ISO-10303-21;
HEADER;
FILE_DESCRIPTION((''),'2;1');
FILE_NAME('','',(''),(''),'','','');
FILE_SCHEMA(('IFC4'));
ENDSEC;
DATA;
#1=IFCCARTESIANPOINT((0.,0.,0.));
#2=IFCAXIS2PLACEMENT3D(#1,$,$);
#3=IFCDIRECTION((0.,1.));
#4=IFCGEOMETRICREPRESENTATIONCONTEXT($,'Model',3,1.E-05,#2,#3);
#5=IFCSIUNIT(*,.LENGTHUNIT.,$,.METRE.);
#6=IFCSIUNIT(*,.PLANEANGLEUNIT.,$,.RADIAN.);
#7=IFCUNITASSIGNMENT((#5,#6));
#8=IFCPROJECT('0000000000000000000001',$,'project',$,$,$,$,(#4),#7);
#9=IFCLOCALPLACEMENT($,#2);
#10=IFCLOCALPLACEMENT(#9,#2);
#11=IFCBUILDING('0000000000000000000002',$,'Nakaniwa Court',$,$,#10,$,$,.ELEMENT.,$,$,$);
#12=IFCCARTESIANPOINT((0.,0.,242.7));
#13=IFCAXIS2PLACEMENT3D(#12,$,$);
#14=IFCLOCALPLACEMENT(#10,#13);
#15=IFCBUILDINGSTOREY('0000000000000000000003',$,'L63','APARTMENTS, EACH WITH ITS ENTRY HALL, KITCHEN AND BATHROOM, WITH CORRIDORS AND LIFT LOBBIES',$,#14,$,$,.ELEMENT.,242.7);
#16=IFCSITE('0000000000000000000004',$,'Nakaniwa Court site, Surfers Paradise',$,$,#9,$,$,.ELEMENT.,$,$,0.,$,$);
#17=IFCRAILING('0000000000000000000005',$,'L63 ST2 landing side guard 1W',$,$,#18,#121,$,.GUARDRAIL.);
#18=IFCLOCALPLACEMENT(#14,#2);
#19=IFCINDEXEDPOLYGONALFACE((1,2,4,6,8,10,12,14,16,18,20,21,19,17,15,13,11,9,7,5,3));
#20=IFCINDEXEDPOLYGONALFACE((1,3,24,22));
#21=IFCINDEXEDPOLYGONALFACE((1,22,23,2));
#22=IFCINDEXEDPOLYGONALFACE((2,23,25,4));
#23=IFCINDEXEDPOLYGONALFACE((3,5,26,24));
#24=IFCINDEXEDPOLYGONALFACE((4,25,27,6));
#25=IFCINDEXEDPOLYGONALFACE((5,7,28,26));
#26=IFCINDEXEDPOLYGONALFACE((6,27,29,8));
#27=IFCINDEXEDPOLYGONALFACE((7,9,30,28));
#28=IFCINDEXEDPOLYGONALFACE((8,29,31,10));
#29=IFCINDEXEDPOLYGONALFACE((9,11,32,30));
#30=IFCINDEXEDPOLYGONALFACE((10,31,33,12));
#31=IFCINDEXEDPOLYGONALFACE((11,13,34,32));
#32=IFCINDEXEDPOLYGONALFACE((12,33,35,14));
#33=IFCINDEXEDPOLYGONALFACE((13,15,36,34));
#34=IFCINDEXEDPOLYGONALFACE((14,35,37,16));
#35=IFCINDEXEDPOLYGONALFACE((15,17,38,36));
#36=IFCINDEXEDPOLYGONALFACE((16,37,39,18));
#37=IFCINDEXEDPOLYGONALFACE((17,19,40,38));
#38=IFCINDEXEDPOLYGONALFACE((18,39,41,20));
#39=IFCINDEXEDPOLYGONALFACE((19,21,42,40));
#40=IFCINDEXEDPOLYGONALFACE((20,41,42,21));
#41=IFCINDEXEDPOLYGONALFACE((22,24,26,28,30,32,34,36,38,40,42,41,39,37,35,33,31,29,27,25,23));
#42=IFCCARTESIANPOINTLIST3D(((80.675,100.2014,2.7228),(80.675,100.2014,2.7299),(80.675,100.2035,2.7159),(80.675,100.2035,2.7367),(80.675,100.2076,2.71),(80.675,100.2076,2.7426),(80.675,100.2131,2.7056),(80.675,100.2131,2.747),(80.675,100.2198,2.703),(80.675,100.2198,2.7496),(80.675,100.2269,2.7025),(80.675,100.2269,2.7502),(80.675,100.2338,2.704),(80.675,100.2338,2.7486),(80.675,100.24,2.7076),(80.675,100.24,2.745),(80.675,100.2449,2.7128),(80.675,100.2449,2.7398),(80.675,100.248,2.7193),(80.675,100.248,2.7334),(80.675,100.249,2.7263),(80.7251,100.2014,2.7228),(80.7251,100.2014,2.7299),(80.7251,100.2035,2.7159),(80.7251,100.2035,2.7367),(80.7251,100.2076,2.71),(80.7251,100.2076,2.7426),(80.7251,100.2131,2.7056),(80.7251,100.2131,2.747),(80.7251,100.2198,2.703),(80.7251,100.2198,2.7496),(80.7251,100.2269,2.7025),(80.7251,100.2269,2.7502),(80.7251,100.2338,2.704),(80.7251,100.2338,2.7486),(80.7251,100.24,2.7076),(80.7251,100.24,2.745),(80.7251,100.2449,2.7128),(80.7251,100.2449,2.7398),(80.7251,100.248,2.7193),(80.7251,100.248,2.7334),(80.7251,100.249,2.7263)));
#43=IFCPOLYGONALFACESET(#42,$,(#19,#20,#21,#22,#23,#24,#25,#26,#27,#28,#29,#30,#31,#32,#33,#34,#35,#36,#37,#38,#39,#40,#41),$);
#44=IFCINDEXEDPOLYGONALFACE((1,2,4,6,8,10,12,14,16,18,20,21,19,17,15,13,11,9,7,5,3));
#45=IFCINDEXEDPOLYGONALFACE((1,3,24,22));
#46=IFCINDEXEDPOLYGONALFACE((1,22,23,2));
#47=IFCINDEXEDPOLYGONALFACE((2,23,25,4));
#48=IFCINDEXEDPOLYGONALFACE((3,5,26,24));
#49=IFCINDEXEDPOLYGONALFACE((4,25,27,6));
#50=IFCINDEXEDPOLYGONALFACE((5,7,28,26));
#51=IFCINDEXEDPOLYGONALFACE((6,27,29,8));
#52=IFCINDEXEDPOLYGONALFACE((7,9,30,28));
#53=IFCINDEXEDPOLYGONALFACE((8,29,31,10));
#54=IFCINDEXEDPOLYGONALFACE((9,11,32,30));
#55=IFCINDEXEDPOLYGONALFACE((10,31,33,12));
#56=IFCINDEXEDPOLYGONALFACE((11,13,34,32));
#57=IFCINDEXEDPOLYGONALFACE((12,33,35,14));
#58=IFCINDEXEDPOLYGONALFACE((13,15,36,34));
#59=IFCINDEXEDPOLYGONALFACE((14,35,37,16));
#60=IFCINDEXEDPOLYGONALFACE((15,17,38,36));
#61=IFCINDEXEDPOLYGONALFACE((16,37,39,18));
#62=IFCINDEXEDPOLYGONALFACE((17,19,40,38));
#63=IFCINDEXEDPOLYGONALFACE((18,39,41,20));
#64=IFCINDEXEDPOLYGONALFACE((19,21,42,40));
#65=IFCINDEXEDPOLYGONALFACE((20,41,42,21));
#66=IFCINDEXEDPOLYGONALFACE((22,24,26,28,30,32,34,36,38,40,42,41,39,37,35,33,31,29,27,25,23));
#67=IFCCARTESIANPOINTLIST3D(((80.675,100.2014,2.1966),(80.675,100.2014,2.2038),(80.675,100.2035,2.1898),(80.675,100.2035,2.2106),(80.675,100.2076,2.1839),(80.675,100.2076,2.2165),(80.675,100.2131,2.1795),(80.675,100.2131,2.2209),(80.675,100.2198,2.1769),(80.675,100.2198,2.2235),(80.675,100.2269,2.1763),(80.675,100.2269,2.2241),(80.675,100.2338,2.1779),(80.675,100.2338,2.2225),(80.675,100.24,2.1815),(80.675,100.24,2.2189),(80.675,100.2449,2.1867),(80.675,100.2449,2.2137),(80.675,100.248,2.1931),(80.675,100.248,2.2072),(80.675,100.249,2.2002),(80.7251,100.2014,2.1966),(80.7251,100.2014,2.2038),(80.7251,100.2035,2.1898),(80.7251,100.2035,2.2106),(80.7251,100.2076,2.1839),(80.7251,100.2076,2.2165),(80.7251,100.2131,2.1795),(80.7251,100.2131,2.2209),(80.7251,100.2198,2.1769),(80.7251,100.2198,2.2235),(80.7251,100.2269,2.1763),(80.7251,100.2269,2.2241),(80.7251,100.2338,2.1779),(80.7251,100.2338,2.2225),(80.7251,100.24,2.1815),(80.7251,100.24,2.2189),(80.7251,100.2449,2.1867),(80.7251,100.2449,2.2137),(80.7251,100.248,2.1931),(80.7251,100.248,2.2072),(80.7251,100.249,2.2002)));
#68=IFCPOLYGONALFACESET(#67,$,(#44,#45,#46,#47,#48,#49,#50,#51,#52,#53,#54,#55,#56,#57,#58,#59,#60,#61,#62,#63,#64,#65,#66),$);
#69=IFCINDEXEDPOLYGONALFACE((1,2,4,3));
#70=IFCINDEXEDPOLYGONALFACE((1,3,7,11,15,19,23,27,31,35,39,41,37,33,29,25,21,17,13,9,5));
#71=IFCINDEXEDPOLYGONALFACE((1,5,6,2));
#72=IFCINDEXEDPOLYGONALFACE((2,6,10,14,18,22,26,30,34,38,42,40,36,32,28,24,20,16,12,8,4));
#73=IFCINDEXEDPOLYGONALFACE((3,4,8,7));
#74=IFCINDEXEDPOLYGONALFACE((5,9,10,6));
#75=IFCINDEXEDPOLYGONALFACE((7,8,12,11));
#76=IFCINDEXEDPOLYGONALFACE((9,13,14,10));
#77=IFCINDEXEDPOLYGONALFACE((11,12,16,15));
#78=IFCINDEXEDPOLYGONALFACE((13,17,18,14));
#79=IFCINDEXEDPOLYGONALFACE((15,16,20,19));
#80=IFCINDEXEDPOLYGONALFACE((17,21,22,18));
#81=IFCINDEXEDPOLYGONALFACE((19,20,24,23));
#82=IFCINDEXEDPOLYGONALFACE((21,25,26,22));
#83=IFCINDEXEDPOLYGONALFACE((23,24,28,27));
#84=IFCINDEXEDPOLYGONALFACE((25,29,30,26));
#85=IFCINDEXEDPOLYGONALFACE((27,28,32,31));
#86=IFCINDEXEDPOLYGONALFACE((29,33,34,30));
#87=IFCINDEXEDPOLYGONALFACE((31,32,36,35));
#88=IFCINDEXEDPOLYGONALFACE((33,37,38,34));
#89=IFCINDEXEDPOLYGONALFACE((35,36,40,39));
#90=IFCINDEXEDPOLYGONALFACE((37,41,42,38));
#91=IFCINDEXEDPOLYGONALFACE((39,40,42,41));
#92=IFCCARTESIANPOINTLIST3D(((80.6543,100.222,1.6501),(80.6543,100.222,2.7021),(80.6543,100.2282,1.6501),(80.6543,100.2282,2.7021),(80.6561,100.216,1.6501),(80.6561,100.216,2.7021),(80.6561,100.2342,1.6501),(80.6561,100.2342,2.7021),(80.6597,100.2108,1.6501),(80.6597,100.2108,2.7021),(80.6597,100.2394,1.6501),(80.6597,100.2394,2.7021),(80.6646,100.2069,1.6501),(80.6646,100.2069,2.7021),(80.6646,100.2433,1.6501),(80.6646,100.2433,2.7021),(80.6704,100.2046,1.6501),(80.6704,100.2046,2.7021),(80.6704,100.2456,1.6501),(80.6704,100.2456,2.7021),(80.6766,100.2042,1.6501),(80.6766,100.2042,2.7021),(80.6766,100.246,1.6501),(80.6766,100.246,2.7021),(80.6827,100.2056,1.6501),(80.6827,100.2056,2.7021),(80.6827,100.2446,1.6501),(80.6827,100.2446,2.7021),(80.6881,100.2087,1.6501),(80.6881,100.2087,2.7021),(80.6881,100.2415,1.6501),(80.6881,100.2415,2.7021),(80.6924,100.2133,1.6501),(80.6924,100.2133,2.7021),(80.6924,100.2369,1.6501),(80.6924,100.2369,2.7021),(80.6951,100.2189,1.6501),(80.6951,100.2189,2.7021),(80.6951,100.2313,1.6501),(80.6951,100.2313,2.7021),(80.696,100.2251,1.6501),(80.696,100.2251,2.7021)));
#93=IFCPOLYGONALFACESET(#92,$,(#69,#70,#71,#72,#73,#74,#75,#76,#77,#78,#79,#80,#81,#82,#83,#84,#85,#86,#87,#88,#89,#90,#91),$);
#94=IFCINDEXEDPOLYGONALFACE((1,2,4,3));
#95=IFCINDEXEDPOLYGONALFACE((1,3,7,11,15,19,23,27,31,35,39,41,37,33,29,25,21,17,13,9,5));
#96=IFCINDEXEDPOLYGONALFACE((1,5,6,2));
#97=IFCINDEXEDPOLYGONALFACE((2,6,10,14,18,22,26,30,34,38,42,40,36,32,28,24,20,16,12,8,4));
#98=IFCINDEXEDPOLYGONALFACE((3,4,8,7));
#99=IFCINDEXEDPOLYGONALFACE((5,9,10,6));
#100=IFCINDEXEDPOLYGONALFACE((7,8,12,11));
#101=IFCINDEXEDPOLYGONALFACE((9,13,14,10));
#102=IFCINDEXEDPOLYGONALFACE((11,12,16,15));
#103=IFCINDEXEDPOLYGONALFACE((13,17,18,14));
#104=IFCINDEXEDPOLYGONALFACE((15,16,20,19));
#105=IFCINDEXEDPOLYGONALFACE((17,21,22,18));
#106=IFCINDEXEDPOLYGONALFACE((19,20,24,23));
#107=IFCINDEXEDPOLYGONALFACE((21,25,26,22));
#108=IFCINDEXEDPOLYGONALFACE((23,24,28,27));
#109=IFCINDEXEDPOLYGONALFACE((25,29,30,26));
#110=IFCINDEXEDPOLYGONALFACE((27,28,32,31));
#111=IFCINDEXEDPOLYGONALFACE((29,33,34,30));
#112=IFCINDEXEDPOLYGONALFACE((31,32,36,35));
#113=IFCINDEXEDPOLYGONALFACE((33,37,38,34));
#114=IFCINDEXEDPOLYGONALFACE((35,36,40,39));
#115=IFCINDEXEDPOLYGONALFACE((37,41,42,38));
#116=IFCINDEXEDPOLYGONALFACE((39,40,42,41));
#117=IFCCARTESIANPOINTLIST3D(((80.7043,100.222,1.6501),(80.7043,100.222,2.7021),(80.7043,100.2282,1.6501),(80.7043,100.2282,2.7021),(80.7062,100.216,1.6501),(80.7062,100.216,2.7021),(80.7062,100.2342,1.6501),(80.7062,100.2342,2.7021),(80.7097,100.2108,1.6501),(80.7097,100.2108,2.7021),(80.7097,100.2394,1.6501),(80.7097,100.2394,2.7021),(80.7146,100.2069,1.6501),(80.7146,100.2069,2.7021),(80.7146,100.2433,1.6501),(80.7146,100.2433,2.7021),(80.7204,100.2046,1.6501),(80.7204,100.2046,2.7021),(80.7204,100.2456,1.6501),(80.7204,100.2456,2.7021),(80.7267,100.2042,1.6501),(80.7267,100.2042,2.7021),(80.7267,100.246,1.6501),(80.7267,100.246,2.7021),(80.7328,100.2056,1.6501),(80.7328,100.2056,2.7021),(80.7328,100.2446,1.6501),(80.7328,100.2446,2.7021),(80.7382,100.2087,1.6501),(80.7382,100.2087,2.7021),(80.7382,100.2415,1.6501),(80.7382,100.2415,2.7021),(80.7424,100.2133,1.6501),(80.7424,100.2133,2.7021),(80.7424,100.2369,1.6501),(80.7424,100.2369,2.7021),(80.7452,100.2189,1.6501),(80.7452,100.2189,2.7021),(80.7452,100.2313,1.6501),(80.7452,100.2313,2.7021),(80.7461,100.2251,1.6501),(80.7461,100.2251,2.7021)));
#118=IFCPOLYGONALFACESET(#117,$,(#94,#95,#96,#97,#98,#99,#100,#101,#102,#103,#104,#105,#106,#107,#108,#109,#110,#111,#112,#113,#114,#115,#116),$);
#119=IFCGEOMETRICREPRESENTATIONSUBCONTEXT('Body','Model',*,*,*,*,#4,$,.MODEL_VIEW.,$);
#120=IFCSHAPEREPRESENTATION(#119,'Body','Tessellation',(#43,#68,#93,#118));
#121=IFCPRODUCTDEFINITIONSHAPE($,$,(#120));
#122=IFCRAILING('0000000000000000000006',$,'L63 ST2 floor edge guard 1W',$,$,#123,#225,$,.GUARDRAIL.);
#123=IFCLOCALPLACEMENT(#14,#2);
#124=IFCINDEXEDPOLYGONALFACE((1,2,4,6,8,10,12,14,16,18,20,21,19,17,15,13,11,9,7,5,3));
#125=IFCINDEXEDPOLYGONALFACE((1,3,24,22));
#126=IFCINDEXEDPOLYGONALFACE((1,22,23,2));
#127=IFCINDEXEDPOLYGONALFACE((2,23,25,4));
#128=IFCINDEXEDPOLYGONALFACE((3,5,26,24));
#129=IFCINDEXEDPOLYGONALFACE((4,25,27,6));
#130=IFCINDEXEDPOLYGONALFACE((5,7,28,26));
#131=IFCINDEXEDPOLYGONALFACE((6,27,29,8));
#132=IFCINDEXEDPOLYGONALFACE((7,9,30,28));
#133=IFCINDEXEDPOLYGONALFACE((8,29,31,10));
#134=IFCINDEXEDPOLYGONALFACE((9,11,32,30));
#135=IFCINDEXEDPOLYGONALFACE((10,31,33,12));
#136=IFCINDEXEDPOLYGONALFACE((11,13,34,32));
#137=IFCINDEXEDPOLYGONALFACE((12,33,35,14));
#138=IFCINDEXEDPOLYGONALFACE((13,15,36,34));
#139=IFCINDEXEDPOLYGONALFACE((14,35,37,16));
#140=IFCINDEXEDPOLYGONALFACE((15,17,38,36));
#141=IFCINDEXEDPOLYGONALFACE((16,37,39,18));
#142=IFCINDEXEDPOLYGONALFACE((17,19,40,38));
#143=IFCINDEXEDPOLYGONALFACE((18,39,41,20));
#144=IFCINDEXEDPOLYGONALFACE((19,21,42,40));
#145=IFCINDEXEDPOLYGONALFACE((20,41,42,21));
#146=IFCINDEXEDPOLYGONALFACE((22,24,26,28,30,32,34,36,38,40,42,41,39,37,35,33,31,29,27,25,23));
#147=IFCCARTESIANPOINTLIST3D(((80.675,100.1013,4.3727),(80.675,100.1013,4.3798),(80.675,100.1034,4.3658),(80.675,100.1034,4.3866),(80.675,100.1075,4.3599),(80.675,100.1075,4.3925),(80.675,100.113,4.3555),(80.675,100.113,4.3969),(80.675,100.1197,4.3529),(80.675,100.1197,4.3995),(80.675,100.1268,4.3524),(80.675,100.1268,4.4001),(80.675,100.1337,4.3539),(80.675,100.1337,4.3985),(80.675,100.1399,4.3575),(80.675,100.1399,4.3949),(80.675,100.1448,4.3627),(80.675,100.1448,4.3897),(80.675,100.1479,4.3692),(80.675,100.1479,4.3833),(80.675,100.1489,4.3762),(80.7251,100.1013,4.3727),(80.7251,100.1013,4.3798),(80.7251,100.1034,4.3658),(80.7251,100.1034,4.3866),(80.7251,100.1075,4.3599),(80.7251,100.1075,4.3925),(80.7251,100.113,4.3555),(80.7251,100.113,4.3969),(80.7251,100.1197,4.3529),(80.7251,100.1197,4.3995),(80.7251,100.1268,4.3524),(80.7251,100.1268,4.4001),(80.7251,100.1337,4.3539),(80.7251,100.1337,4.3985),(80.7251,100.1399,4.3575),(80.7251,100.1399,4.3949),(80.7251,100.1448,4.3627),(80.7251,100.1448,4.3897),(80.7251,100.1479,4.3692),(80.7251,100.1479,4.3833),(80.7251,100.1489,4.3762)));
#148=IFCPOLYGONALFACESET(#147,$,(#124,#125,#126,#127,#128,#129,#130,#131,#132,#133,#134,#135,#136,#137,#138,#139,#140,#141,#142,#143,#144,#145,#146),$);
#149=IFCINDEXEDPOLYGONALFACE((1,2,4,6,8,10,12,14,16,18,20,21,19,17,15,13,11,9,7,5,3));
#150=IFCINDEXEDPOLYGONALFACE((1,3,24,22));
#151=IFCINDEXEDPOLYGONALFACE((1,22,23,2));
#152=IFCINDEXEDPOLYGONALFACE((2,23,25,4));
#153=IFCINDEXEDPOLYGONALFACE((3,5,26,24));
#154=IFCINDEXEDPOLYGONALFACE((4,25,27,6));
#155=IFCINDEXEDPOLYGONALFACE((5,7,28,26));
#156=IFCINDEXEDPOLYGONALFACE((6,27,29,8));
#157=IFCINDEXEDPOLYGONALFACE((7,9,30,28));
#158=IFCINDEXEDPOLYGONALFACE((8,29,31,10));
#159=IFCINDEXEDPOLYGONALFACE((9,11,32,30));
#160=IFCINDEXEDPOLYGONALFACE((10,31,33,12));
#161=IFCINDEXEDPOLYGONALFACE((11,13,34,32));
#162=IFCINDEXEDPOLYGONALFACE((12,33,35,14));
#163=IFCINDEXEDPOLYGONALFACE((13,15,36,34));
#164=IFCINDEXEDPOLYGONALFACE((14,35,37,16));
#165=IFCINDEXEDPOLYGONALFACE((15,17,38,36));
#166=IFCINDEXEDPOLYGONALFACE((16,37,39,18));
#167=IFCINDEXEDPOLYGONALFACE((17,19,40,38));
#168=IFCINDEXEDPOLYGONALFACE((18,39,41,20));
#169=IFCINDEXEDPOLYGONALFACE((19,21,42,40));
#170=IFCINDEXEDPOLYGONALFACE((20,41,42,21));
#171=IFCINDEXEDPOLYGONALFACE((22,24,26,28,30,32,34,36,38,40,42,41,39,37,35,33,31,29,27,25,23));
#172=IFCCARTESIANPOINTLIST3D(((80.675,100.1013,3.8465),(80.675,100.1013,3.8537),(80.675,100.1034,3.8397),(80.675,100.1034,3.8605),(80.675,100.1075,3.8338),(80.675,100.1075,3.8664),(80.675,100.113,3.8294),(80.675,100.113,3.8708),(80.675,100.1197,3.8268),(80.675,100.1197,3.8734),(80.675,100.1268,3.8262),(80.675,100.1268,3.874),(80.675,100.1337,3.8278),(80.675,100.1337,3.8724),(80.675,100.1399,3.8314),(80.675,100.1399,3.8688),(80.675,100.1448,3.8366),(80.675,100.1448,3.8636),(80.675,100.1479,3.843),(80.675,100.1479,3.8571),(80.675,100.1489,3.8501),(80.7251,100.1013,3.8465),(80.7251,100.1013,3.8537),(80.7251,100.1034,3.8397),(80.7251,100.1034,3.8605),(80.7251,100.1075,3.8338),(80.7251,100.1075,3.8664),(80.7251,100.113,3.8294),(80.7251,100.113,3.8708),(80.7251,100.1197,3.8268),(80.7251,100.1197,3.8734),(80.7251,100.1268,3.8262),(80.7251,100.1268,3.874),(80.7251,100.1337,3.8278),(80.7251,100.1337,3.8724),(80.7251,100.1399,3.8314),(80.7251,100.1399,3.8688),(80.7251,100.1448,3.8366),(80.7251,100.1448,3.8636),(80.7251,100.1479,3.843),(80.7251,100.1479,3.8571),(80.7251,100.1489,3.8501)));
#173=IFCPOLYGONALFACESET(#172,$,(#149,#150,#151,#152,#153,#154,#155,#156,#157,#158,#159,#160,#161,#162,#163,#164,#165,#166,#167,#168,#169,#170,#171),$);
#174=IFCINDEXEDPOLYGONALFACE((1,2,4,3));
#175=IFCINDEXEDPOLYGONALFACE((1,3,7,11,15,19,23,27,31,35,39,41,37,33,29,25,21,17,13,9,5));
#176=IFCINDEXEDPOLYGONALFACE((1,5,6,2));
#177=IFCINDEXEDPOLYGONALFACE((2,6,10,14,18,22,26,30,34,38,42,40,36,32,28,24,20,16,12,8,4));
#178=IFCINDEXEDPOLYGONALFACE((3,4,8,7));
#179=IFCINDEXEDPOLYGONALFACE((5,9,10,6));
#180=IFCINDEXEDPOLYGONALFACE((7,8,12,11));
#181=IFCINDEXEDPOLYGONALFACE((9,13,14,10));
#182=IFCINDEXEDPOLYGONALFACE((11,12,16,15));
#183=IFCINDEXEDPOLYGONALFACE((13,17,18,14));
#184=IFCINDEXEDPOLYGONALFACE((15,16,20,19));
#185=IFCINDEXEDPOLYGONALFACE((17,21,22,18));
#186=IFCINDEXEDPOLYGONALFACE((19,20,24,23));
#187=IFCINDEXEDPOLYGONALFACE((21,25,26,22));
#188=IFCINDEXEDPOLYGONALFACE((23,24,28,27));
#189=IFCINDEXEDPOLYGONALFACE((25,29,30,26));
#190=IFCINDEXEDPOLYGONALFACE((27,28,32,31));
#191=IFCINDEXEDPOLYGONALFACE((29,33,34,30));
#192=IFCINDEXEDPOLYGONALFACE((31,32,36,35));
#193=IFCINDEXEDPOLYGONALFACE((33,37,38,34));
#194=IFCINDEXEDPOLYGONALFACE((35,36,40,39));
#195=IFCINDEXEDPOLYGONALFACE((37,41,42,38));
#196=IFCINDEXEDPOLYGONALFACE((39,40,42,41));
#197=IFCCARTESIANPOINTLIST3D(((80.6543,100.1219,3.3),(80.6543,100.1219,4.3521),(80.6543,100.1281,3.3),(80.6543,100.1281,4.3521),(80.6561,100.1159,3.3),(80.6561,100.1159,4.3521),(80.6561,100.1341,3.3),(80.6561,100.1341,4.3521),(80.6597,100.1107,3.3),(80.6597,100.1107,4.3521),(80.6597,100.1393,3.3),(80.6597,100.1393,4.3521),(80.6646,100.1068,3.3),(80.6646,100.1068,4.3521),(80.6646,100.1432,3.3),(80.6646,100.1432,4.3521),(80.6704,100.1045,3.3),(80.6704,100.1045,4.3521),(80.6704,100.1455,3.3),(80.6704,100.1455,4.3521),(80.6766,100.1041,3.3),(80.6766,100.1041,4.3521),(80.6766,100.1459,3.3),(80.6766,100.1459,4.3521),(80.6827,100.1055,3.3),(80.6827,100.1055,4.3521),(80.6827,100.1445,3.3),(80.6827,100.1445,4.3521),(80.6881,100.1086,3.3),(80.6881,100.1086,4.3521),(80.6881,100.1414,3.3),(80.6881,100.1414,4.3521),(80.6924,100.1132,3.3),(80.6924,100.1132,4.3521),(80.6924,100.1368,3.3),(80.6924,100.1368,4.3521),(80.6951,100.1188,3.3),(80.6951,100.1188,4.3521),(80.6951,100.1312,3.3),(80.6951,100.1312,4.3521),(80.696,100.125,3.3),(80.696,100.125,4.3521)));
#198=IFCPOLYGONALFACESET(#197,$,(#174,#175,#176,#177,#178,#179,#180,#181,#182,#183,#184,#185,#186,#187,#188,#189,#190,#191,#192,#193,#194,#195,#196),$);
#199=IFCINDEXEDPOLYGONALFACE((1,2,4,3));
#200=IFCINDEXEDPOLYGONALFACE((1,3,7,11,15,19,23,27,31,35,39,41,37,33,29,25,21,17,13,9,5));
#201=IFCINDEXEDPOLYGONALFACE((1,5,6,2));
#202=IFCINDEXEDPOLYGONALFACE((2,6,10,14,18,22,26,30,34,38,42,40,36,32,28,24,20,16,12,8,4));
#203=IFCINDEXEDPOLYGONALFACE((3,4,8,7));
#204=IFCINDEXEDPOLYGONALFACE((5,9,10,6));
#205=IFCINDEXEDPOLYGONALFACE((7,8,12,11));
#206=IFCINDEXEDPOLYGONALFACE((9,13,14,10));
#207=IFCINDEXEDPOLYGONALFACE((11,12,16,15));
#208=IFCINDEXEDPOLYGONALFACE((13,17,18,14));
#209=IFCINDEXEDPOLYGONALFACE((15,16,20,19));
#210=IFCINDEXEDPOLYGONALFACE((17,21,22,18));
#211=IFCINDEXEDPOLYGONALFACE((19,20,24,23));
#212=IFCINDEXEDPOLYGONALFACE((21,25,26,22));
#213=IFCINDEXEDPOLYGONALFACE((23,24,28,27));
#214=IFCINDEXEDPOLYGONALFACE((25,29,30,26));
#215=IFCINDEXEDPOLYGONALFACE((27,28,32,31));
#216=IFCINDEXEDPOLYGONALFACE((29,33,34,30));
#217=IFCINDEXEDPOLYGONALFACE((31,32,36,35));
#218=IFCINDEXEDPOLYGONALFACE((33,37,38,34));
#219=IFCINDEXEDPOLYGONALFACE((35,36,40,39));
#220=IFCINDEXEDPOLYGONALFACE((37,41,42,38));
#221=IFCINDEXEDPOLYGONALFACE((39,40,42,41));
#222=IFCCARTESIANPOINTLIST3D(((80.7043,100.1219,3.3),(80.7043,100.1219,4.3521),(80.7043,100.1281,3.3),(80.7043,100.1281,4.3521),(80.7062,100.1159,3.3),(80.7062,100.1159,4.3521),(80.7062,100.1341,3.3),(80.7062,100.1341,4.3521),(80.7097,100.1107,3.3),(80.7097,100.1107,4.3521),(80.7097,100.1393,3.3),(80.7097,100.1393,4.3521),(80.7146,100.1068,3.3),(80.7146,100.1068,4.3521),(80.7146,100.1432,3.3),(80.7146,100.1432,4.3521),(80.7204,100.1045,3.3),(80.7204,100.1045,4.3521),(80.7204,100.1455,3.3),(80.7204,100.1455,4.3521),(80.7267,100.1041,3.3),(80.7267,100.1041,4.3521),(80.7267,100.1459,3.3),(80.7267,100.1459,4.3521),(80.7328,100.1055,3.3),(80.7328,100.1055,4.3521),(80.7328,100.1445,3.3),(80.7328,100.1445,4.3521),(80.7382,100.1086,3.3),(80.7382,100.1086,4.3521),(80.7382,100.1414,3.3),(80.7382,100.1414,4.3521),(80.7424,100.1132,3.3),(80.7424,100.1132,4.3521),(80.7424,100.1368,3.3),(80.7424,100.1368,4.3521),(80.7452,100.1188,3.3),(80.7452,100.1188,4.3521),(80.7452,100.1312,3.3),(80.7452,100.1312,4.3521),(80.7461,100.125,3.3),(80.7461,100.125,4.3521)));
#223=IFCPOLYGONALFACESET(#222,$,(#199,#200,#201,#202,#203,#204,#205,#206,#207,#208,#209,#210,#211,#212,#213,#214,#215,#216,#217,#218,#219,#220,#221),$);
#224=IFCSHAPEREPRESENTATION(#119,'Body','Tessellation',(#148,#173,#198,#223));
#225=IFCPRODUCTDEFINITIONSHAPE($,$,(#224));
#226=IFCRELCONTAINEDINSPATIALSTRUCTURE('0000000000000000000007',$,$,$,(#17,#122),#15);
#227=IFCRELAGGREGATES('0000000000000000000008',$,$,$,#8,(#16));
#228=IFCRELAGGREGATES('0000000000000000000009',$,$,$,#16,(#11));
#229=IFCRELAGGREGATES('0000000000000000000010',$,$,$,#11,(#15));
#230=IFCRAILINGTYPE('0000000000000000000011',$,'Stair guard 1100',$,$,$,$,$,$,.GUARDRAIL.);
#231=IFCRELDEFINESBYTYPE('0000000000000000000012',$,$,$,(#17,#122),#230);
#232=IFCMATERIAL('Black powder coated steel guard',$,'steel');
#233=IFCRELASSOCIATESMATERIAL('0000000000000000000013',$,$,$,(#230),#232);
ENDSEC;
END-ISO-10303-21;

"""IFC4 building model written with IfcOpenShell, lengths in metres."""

from ifc_helpers import new_model, si_unit, direction, frame, origin, origin_2d, place, context, subcontext, project, spatial, circle, extrude, material, type_object, element, save


model = new_model("IFC4")

# Units and contexts
model_context = context("Model", 3, precision=1e-05, world=origin(), true_north=direction((0.0, 1.0)))
body_context = subcontext(model_context, "Body", "Model", "MODEL_VIEW")
ifc_project = project(units=[si_unit("LENGTHUNIT", "METRE"), si_unit("PLANEANGLEUNIT", "RADIAN")], contexts=[model_context])

# Site, building, storey
site_placement = place(None, origin())
site = spatial("IfcSite", under=ifc_project, at=site_placement, Name="Nakaniwa Court site, Surfers Paradise", CompositionType="ELEMENT", RefElevation=0.0)
building_placement = place(site_placement, origin())
building = spatial("IfcBuilding", under=site, at=building_placement, Name="Nakaniwa Court", CompositionType="ELEMENT")
storey_placement = place(building_placement, frame((0.0, 0.0, 242.7)))
storey = spatial("IfcBuildingStorey", under=building, at=storey_placement, Name="L63", Description="APARTMENTS, EACH WITH ITS ENTRY HALL, KITCHEN AND BATHROOM, WITH CORRIDORS AND LIFT LOBBIES", CompositionType="ELEMENT", Elevation=242.7)

# Railings
ifc_material_1 = material(Name="Black powder coated steel guard", Category="steel")
railing_type_1 = type_object("IfcRailingType", Name="Stair guard 1100", PredefinedType="GUARDRAIL", material=ifc_material_1)
for number, where, name in (
    (1, (80.675, 100.2251, 1.6501), "L63 ST2 landing side guard 1W"),
    (2, (80.675, 100.125, 3.3), "L63 ST2 floor edge guard 1W"),
):
    element("IfcRailing", number, at=place(storey_placement, frame(where)), inside=storey, type_object=railing_type_1, Name=name, PredefinedType="GUARDRAIL", context=body_context, shape_type="SweptSolid", body=[
        extrude(circle(Radius=0.0239, at=origin_2d()), frame((0.0, 0.0, 1.0762), z_axis=(1.0, 0.0, 0.0), x_axis=(0.0, 1.0, 0.0)), (0.0, 0.0, 1.0), 0.05),
        extrude(circle(Radius=0.0239, at=origin_2d()), frame((0.0, 0.0, 0.55), z_axis=(1.0, 0.0, 0.0), x_axis=(0.0, 1.0, 0.0)), (0.0, 0.0, 1.0), 0.05),
        extrude(circle(Radius=0.021, at=origin_2d()), origin(), (0.0, 0.0, 1.0), 1.052),
        extrude(circle(Radius=0.021, at=origin_2d()), frame((0.05, 0.0, 0.0)), (0.0, 0.0, 1.0), 1.052),
    ])

save(model, "model.ifc")
